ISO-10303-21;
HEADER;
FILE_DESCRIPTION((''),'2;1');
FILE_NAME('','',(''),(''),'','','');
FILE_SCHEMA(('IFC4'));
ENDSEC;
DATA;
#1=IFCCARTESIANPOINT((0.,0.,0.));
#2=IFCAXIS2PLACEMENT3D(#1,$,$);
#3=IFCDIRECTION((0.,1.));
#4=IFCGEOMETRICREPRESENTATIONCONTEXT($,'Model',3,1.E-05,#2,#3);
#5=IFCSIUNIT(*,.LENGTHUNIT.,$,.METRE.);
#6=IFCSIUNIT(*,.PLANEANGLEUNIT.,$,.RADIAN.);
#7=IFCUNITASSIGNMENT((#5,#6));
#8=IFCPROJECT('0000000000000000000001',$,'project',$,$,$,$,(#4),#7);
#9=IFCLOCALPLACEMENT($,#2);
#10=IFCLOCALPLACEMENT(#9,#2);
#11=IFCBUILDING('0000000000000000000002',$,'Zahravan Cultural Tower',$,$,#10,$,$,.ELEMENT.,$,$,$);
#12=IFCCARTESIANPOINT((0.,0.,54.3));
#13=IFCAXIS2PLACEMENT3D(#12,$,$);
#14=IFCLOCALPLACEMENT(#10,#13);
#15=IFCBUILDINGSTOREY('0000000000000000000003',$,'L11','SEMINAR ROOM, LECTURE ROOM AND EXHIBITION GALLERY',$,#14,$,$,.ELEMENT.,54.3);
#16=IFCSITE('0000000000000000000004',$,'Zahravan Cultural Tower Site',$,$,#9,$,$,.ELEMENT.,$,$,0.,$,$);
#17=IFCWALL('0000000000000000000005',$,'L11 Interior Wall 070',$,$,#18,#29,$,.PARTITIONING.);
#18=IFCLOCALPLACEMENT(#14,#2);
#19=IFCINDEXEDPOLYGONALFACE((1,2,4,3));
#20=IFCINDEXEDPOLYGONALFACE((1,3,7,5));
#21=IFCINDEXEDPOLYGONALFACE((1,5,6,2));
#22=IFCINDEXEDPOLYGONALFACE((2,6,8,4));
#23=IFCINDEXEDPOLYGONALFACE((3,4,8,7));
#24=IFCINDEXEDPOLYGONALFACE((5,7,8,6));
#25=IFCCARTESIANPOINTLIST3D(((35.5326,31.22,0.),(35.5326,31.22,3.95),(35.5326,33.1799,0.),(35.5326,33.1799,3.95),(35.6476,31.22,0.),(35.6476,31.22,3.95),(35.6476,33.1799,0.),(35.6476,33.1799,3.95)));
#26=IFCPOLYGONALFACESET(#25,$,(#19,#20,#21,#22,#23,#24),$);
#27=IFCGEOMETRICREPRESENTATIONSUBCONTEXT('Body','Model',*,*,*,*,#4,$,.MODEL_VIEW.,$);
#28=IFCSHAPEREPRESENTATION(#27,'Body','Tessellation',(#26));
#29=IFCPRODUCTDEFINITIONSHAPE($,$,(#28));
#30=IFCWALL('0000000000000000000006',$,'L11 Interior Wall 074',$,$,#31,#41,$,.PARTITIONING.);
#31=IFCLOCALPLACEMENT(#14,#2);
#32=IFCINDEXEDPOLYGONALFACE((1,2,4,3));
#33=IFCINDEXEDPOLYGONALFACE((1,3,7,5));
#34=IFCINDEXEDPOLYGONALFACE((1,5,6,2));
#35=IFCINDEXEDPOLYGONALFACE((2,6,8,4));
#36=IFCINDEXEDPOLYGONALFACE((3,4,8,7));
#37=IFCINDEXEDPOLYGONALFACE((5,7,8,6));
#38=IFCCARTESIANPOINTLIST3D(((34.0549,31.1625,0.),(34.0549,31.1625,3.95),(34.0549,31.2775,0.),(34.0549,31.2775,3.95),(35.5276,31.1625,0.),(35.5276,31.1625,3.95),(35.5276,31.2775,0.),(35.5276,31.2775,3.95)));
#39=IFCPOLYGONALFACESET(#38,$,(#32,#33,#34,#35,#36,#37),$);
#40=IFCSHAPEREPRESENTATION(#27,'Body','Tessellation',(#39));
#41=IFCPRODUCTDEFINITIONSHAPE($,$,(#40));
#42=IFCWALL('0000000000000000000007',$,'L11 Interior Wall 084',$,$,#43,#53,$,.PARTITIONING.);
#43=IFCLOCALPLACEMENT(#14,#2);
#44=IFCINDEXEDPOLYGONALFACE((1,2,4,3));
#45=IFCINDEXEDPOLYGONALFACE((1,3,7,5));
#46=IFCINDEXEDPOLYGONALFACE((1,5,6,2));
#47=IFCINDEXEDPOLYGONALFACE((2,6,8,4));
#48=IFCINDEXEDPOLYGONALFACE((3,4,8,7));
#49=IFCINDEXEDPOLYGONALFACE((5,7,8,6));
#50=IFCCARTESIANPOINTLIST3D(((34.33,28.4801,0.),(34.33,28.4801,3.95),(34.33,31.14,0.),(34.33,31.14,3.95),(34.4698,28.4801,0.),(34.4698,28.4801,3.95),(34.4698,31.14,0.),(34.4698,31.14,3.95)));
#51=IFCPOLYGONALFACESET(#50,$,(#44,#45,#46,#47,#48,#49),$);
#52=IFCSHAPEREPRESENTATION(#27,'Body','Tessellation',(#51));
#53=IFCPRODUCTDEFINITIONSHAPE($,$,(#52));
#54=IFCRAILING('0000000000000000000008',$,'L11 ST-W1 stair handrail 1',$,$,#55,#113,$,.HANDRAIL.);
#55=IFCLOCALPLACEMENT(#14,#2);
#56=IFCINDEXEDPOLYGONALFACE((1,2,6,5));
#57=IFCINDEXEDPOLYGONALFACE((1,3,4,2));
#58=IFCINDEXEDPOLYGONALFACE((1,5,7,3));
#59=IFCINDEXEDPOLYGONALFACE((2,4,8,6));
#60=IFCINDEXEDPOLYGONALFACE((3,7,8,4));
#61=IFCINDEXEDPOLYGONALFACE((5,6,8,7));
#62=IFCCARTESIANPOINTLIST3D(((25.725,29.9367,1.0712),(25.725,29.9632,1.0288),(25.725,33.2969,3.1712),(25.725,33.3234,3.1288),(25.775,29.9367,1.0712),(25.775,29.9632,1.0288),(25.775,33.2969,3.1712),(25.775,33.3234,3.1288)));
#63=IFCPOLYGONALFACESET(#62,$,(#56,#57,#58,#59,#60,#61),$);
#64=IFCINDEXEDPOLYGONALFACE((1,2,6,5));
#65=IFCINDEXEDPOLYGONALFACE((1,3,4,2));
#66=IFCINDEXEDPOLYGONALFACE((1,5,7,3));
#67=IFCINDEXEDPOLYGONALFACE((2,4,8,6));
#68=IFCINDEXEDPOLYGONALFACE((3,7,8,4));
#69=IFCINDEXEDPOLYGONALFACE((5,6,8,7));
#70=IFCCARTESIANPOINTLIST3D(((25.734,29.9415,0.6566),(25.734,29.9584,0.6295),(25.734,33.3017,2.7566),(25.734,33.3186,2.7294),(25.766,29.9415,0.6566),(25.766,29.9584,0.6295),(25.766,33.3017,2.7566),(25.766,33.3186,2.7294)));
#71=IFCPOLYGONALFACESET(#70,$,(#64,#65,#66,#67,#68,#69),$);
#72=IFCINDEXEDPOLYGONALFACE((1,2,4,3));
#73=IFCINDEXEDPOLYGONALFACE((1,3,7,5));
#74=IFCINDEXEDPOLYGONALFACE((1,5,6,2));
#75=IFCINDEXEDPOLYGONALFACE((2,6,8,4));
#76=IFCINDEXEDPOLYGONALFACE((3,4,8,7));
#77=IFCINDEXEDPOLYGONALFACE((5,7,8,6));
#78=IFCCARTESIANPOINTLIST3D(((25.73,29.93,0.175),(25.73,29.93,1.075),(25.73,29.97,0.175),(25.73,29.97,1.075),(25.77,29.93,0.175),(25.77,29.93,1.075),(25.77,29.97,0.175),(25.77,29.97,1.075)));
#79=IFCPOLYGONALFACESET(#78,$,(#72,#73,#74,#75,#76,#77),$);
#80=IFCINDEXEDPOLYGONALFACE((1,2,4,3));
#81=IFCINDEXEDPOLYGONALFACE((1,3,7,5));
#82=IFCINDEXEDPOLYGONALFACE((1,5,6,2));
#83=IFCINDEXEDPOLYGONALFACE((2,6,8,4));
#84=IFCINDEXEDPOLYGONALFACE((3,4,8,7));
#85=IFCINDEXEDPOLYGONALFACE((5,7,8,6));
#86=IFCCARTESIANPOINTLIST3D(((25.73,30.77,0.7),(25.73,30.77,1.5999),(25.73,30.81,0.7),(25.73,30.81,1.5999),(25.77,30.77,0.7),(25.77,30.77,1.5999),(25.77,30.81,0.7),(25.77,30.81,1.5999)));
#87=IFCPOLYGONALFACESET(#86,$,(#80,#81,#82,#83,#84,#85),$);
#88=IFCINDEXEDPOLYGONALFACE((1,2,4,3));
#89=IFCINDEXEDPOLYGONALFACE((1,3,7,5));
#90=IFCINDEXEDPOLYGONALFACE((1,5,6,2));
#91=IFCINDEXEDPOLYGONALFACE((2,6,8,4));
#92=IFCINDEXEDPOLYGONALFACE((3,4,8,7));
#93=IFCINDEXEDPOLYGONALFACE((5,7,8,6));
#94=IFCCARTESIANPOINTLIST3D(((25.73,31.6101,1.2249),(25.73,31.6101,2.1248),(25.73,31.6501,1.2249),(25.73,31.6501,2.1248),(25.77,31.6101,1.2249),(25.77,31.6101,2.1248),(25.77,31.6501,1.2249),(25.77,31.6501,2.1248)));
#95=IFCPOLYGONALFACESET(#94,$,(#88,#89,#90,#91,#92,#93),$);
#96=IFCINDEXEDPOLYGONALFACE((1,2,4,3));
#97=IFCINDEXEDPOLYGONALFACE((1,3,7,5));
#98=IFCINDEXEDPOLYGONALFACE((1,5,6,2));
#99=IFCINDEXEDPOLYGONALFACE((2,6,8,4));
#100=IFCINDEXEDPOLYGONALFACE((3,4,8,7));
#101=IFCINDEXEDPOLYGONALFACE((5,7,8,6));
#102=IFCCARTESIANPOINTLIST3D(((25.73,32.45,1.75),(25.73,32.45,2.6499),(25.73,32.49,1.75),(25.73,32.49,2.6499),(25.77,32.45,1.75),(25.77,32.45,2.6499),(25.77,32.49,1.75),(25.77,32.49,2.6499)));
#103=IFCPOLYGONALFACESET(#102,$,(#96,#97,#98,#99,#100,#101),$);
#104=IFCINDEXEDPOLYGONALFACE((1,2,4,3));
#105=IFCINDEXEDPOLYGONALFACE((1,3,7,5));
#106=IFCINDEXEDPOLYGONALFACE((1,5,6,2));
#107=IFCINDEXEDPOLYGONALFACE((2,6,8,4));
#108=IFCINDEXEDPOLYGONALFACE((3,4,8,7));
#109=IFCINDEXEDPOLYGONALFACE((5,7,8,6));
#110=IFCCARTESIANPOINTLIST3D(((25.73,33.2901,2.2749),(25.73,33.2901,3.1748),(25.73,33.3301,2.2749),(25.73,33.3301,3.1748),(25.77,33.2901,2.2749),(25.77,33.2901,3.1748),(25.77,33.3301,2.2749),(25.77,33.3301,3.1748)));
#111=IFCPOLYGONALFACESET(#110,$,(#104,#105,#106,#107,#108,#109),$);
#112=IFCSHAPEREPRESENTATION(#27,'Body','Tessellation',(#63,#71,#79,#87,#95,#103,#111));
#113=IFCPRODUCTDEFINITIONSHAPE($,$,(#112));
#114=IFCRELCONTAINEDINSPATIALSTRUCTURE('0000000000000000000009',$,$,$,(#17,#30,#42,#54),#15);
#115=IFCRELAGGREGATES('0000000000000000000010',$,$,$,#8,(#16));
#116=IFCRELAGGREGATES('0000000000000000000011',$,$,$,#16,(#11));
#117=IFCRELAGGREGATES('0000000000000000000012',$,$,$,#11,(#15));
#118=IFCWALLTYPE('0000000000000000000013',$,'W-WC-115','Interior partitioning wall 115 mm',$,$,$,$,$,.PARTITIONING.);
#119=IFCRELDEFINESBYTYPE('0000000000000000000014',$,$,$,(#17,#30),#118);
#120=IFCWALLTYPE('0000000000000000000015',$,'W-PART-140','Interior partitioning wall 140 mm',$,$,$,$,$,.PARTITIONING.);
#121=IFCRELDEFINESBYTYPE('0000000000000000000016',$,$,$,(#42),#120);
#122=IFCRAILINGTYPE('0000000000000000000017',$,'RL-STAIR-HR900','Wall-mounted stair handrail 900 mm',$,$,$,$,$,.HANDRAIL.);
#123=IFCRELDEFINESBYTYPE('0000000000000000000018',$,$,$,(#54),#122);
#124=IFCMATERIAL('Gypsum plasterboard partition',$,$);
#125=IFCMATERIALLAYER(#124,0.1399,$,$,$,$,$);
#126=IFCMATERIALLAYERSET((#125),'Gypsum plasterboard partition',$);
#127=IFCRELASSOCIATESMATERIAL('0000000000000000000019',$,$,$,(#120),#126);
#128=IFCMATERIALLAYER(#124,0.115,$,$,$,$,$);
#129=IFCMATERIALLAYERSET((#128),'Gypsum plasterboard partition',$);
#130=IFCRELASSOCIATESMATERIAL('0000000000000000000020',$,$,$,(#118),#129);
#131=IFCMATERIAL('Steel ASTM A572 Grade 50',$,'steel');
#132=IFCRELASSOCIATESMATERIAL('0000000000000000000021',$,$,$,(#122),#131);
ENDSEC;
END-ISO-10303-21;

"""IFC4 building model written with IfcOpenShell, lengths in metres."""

from ifc_helpers import new_model, si_unit, direction, frame, frame_2d, origin, origin_2d, place, context, subcontext, project, spatial, rectangle, extrude, source, transform, mapped, material, layer, layer_set, type_object, element, save


model = new_model("IFC4")

# Units and contexts
model_context = context("Model", 3, precision=1e-05, world=origin(), true_north=direction((0.0, 1.0)))
body_context = subcontext(model_context, "Body", "Model", "MODEL_VIEW")
ifc_project = project(units=[si_unit("LENGTHUNIT", "METRE"), si_unit("PLANEANGLEUNIT", "RADIAN")], contexts=[model_context])

# Site, building, storey
site_placement = place(None, origin())
site = spatial("IfcSite", under=ifc_project, at=site_placement, Name="Zahravan Cultural Tower Site", CompositionType="ELEMENT", RefElevation=0.0)
building_placement = place(site_placement, origin())
building = spatial("IfcBuilding", under=site, at=building_placement, Name="Zahravan Cultural Tower", CompositionType="ELEMENT")
storey_placement = place(building_placement, frame((0.0, 0.0, 54.3)))
storey = spatial("IfcBuildingStorey", under=building, at=storey_placement, Name="L11", Description="SEMINAR ROOM, LECTURE ROOM AND EXHIBITION GALLERY", CompositionType="ELEMENT", Elevation=54.3)

# Shared definitions
ifc_material_1 = material(Name="Steel ASTM A572 Grade 50", Category="steel")
ifc_material_2 = material(Name="Gypsum plasterboard partition")
ifc_layer_1 = layer(ifc_material_2, 0.1399)
ifc_layer_set_1 = layer_set([ifc_layer_1], Name="Gypsum plasterboard partition")
wall_type_1 = type_object("IfcWallType", Name="W-PART-140", Description="Interior partitioning wall 140 mm", PredefinedType="PARTITIONING", material=ifc_layer_set_1)

# Walls
ifc_layer_2 = layer(ifc_material_2, 0.115)
ifc_layer_set_2 = layer_set([ifc_layer_2], Name="Gypsum plasterboard partition")
wall_type_2 = type_object("IfcWallType", Name="W-WC-115", Description="Interior partitioning wall 115 mm", PredefinedType="PARTITIONING", material=ifc_layer_set_2)
shared_shape_1 = source(origin(), body_context, "Body", "SweptSolid", [
    extrude(rectangle(XDim=1.96, YDim=0.115, at=frame_2d((0.98, 0.0))), origin(), (0.0, 0.0, 1.0), 3.95),
])
wall_1_placement = place(storey_placement, frame((35.5901, 31.22, 0.0), z_axis=(0.0, 0.0, 1.0), x_axis=(0.0, 1.0, 0.0)))
element("IfcWall", 1, at=wall_1_placement, inside=storey, type_object=wall_type_2, Name="L11 Interior Wall 070", PredefinedType="PARTITIONING", context=body_context, shape_type="MappedRepresentation", body=[
    mapped(shared_shape_1, transform((0.0, 0.0, 0.0), x_axis=(1.0, 0.0, 0.0), y_axis=(0.0, 1.0, 0.0), z_axis=(0.0, 0.0, 1.0), scale=1.0)),
])
shared_shape_2 = source(origin(), body_context, "Body", "SweptSolid", [
    extrude(rectangle(XDim=1.4727, YDim=0.115, at=frame_2d((0.7363, 0.0))), origin(), (0.0, 0.0, 1.0), 3.95),
])
wall_2_placement = place(storey_placement, frame((35.5276, 31.22, 0.0), z_axis=(0.0, 0.0, 1.0), x_axis=(-1.0, 0.0, 0.0)))
element("IfcWall", 2, at=wall_2_placement, inside=storey, type_object=wall_type_2, Name="L11 Interior Wall 074", PredefinedType="PARTITIONING", context=body_context, shape_type="MappedRepresentation", body=[
    mapped(shared_shape_2, transform((0.0, 0.0, 0.0), x_axis=(1.0, 0.0, 0.0), y_axis=(0.0, 1.0, 0.0), z_axis=(0.0, 0.0, 1.0), scale=1.0)),
])
shared_shape_3 = source(origin(), body_context, "Body", "SweptSolid", [
    extrude(rectangle(XDim=2.6599, YDim=0.1399, at=frame_2d((1.3301, 0.0))), origin(), (0.0, 0.0, 1.0), 3.95),
])
wall_3_placement = place(storey_placement, frame((34.3999, 28.48, 0.0), z_axis=(0.0, 0.0, 1.0), x_axis=(0.0, 1.0, 0.0)))
element("IfcWall", 3, at=wall_3_placement, inside=storey, type_object=wall_type_1, Name="L11 Interior Wall 084", PredefinedType="PARTITIONING", context=body_context, shape_type="MappedRepresentation", body=[
    mapped(shared_shape_3, transform((0.0, 0.0, 0.0), x_axis=(1.0, 0.0, 0.0), y_axis=(0.0, 1.0, 0.0), z_axis=(0.0, 0.0, 1.0), scale=1.0)),
])

# Railing
railing_type = type_object("IfcRailingType", Name="RL-STAIR-HR900", Description="Wall-mounted stair handrail 900 mm", PredefinedType="HANDRAIL", material=ifc_material_1)
railing_placement = place(storey_placement, frame((25.75, 29.95, 0.175)))
element("IfcRailing", 4, at=railing_placement, inside=storey, type_object=railing_type, Name="L11 ST-W1 stair handrail 1", PredefinedType="HANDRAIL", context=body_context, shape_type="SweptSolid", body=[
    extrude(rectangle(XDim=0.05, YDim=0.05, at=origin_2d()), frame((0.0, 0.0, 0.875), z_axis=(0.0, 0.848023, 0.52996), x_axis=(-1.0, 0.0, 0.0)), (0.0, 0.0, 1.0), 3.9624),
    extrude(rectangle(XDim=0.032, YDim=0.032, at=origin_2d()), frame((0.0, 0.0, 0.468), z_axis=(0.0, 0.848023, 0.52996), x_axis=(-1.0, 0.0, 0.0)), (0.0, 0.0, 1.0), 3.9624),
    extrude(rectangle(XDim=0.04, YDim=0.04, at=origin_2d()), origin(), (0.0, 0.0, 1.0), 0.8999),
    extrude(rectangle(XDim=0.04, YDim=0.04, at=origin_2d()), frame((0.0, 0.8401, 0.5249)), (0.0, 0.0, 1.0), 0.8999),
    extrude(rectangle(XDim=0.04, YDim=0.04, at=origin_2d()), frame((0.0, 1.6802, 1.0498)), (0.0, 0.0, 1.0), 0.8999),
    extrude(rectangle(XDim=0.04, YDim=0.04, at=origin_2d()), frame((0.0, 2.52, 1.575)), (0.0, 0.0, 1.0), 0.8999),
    extrude(rectangle(XDim=0.04, YDim=0.04, at=origin_2d()), frame((0.0, 3.3601, 2.0999)), (0.0, 0.0, 1.0), 0.8999),
])

save(model, "model.ifc")
